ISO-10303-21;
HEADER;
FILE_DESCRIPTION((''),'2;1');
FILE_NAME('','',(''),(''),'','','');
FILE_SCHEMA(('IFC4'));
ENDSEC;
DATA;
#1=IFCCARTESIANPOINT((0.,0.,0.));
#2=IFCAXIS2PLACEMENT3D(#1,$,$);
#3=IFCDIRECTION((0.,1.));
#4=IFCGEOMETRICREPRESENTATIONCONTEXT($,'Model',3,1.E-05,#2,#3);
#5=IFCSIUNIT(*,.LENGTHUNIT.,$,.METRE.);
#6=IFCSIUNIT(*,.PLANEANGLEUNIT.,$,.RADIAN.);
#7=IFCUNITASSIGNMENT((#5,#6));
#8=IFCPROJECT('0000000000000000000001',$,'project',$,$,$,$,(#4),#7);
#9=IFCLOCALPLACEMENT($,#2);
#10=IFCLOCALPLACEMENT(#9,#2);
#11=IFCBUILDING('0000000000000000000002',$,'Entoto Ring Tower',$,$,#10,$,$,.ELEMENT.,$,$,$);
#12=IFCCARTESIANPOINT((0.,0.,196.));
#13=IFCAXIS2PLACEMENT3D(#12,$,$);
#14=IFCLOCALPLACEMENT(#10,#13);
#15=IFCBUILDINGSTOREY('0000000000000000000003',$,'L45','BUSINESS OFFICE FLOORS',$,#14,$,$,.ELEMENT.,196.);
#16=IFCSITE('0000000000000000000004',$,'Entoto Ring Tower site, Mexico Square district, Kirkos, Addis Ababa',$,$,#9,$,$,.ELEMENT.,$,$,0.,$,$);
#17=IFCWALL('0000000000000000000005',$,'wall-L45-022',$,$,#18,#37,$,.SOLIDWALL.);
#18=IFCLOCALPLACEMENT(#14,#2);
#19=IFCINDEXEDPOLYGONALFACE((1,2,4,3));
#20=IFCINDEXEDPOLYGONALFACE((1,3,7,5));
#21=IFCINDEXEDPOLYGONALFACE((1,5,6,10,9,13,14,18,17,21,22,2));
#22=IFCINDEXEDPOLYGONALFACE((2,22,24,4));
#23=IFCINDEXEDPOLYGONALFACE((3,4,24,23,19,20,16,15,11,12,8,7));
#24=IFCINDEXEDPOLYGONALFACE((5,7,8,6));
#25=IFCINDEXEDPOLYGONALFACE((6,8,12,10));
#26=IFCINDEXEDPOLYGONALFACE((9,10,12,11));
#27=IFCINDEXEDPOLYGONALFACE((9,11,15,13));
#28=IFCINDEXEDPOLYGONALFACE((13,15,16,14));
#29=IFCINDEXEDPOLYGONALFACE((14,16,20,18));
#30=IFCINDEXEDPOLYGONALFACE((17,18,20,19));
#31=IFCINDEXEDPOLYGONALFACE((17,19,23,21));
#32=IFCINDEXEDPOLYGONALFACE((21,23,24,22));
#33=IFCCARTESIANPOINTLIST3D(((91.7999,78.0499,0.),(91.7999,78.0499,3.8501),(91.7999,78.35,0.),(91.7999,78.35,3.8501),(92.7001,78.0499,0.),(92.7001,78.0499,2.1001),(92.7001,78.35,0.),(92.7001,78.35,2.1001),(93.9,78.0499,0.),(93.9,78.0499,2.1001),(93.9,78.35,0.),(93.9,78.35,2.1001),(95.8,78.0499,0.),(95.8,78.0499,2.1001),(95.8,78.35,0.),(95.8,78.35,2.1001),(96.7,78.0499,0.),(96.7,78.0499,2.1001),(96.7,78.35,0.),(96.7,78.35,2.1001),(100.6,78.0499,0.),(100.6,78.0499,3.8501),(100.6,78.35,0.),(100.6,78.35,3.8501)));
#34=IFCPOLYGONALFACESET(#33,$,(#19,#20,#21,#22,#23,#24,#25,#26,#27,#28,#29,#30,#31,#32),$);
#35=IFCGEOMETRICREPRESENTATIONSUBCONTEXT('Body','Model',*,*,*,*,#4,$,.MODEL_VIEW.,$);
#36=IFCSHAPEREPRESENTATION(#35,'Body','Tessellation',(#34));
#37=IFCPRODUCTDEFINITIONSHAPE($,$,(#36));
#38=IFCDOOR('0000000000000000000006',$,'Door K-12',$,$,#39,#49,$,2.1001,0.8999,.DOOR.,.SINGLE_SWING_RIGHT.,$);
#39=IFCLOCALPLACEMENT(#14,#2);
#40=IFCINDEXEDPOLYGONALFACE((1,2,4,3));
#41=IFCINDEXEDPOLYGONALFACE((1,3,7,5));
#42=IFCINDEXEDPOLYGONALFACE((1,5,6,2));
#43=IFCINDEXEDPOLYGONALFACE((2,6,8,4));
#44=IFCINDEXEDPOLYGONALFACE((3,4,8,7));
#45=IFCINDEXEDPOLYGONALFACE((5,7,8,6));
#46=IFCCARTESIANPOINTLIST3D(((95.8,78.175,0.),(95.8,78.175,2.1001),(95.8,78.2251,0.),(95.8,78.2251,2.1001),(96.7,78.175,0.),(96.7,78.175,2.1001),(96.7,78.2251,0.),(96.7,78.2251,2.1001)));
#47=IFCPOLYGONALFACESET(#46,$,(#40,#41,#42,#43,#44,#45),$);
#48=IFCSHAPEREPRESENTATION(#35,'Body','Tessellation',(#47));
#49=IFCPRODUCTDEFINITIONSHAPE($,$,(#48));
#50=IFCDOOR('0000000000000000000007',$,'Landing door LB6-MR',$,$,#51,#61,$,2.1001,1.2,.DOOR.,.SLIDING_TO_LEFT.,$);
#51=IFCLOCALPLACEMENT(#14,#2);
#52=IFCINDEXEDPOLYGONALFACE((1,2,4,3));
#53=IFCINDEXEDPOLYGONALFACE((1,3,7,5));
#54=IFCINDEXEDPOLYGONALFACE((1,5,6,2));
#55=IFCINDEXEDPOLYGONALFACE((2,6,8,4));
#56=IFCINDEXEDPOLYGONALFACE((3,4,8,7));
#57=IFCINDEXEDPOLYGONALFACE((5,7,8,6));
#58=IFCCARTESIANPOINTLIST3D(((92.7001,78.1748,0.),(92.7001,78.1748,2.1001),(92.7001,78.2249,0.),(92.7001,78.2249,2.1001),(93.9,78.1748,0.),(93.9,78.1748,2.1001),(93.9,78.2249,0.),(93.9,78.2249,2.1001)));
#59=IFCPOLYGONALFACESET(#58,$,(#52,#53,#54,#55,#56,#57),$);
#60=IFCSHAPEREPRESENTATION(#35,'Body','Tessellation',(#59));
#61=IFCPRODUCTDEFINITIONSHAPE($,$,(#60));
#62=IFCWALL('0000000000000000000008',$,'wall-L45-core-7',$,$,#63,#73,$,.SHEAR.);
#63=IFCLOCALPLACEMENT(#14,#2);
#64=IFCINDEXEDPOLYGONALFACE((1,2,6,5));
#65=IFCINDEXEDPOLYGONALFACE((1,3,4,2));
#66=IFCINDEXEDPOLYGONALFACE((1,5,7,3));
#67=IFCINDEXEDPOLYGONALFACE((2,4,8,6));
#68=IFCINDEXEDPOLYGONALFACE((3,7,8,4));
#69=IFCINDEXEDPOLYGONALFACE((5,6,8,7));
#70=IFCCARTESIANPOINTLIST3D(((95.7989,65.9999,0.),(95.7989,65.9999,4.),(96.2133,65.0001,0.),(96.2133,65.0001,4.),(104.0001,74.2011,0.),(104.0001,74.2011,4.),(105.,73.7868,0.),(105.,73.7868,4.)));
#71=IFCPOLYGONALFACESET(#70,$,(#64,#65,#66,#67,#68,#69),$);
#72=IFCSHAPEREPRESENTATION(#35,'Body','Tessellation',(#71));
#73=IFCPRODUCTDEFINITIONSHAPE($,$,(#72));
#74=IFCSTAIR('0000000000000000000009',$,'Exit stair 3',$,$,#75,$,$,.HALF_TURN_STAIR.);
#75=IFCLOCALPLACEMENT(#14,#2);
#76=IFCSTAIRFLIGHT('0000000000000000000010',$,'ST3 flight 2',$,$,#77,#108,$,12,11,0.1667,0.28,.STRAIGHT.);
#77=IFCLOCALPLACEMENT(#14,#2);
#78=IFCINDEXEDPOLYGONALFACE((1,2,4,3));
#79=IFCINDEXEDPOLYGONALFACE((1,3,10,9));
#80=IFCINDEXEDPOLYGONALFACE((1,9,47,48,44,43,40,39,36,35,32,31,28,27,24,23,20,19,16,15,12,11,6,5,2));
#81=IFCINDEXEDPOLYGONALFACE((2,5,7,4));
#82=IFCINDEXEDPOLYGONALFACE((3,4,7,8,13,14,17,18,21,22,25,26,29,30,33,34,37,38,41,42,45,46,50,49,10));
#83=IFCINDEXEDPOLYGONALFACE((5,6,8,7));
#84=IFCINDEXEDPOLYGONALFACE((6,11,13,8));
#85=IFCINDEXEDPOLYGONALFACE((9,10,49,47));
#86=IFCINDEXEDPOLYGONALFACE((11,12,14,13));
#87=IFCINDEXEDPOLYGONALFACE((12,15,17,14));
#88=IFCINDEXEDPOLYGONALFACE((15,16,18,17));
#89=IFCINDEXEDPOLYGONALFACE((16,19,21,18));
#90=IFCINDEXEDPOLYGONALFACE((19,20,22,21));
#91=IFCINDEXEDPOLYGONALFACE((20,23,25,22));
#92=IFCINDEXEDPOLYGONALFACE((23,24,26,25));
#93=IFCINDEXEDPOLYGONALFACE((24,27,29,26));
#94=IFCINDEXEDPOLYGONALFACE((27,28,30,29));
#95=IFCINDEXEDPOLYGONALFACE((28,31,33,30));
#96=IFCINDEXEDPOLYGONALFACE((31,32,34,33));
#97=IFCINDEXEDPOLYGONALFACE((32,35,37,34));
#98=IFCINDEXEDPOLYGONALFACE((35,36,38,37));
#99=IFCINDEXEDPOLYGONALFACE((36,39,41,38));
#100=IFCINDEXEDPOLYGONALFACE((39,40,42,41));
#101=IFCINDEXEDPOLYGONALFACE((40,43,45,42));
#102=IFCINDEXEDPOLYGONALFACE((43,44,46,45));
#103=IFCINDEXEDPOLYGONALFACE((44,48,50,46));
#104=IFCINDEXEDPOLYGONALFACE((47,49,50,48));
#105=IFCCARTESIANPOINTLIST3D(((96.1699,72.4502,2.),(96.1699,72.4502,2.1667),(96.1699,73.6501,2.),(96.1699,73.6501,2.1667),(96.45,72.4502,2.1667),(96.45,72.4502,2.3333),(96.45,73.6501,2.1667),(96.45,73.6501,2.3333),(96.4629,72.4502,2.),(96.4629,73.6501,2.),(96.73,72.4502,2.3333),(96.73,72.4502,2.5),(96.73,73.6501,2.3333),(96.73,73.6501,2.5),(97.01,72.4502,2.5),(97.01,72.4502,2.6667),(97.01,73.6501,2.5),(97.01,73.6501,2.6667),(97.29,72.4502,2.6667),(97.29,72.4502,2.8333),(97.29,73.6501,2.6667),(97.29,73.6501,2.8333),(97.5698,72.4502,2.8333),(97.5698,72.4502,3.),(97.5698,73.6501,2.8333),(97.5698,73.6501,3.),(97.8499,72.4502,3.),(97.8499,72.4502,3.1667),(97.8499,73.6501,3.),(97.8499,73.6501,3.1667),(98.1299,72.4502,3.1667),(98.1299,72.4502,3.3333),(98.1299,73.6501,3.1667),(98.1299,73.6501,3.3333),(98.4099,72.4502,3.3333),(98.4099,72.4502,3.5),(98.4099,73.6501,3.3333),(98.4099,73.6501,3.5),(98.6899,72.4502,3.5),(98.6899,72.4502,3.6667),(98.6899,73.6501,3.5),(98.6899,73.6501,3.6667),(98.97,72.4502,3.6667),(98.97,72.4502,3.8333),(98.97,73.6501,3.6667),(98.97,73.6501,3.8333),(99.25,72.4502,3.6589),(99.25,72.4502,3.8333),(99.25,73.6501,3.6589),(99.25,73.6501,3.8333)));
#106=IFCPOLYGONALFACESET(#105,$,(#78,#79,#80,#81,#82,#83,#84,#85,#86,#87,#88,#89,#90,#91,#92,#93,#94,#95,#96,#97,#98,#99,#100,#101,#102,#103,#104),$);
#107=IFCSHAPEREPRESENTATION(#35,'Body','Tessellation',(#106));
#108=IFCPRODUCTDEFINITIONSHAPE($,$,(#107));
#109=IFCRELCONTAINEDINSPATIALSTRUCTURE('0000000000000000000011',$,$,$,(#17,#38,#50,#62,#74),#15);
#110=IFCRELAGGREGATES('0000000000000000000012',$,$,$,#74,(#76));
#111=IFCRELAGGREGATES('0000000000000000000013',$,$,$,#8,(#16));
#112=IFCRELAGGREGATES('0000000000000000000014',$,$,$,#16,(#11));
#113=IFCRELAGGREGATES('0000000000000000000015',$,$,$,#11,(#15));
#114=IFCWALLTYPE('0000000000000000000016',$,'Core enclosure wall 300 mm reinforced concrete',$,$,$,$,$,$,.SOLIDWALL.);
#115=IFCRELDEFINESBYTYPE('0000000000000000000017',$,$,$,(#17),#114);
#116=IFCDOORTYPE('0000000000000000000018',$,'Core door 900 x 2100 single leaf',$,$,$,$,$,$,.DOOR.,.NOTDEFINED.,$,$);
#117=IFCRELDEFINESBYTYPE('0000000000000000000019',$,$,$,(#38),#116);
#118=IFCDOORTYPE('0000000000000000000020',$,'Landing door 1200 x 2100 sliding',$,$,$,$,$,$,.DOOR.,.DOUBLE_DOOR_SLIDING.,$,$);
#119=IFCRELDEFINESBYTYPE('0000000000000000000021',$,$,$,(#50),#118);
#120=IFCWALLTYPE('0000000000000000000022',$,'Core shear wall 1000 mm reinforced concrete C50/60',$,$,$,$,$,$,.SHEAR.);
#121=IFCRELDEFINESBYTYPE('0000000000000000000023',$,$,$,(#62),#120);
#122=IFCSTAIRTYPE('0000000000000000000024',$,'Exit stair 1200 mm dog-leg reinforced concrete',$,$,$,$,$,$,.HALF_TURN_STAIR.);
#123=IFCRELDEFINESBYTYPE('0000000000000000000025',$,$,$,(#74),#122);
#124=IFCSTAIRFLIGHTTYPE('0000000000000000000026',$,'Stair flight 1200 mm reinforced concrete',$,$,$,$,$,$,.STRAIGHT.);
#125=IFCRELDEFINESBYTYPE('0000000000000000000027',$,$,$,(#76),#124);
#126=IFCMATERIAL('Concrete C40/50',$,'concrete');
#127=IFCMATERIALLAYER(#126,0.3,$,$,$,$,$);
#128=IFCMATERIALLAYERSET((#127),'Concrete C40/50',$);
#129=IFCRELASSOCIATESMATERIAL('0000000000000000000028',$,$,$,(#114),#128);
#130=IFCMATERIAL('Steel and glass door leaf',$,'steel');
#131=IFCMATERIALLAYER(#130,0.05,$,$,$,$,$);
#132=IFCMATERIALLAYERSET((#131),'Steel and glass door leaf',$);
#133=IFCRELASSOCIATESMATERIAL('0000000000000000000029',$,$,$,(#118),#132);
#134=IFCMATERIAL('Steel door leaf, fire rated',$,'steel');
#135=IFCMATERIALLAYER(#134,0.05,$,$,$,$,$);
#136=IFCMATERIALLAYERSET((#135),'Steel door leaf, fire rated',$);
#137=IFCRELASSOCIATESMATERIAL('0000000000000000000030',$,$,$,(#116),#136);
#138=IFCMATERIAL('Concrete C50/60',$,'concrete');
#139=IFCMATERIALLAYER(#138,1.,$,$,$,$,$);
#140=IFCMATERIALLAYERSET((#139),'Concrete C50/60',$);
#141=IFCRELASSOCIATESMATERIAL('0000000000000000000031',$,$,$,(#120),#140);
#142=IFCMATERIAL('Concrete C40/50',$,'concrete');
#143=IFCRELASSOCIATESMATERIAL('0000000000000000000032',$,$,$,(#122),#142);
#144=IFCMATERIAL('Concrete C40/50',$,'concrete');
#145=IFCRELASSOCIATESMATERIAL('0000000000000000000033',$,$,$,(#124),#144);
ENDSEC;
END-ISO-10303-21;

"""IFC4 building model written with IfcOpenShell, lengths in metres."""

from ifc_helpers import new_model, si_unit, direction, frame, frame_2d, origin, place, context, subcontext, project, spatial, polyline, rectangle, outline, extrude, material, layer, layer_set, type_object, element, fill, aggregate, save


model = new_model("IFC4")

# Units and contexts
model_context = context("Model", 3, precision=1e-05, world=origin(), true_north=direction((0.0, 1.0)))
body_context = subcontext(model_context, "Body", "Model", "MODEL_VIEW")
ifc_project = project(units=[si_unit("LENGTHUNIT", "METRE"), si_unit("PLANEANGLEUNIT", "RADIAN")], contexts=[model_context])

# Site, building, storey
site_placement = place(None, origin())
site = spatial("IfcSite", under=ifc_project, at=site_placement, Name="Entoto Ring Tower site, Mexico Square district, Kirkos, Addis Ababa", CompositionType="ELEMENT", RefElevation=0.0)
building_placement = place(site_placement, origin())
building = spatial("IfcBuilding", under=site, at=building_placement, Name="Entoto Ring Tower", CompositionType="ELEMENT")
storey_placement = place(building_placement, frame((0.0, 0.0, 196.0)))
storey = spatial("IfcBuildingStorey", under=building, at=storey_placement, Name="L45", Description="BUSINESS OFFICE FLOORS", CompositionType="ELEMENT", Elevation=196.0)

# Shared definitions
ifc_material_1 = material(Name="Concrete C40/50", Category="concrete")
ifc_layer_1 = layer(ifc_material_1, 0.3)
ifc_layer_set_1 = layer_set([ifc_layer_1], Name="Concrete C40/50")
wall_type_1 = type_object("IfcWallType", Name="Core enclosure wall 300 mm reinforced concrete", PredefinedType="SOLIDWALL", material=ifc_layer_set_1)

# Shared definitions
ifc_material_2 = material(Name="Steel and glass door leaf", Category="steel")
ifc_layer_2 = layer(ifc_material_2, 0.05)
ifc_layer_set_2 = layer_set([ifc_layer_2], Name="Steel and glass door leaf")
door_type_1 = type_object("IfcDoorType", Name="Landing door 1200 x 2100 sliding", OperationType="DOUBLE_DOOR_SLIDING", PredefinedType="DOOR", material=ifc_layer_set_2)

# Wall, openings, doors
wall_1_placement = place(storey_placement, frame((91.8, 78.2, 0.0), z_axis=(0.0, 0.0, 1.0), x_axis=(1.0, 0.0, 0.0)))
wall_1 = element("IfcWall", 1, at=wall_1_placement, inside=storey, type_object=wall_type_1, Name="wall-L45-022", PredefinedType="SOLIDWALL", context=body_context, shape_type="SweptSolid", body=[
    extrude(rectangle(XDim=8.8, YDim=0.3, at=frame_2d((4.3999, 0.0))), origin(), (0.0, 0.0, 1.0), 3.8501),
])
opening_1_placement = place(wall_1_placement, frame((0.8999, 0.0, 0.0)))
opening_1 = element("IfcOpeningElement", 2, at=opening_1_placement, cuts=wall_1, PredefinedType="OPENING", context=body_context, shape_type="SweptSolid", body=[
    extrude(rectangle(XDim=1.2, YDim=2.1001, at=frame_2d((0.6001, 1.05))), frame((0.0, 0.1602, 0.0), z_axis=(0.0, -1.0, 0.0), x_axis=(1.0, 0.0, 0.0)), (0.0, 0.0, 1.0), 0.3201),
])
opening_2_placement = place(wall_1_placement, frame((4.0, 0.0, 0.0)))
opening_2 = element("IfcOpeningElement", 3, at=opening_2_placement, cuts=wall_1, PredefinedType="OPENING", context=body_context, shape_type="SweptSolid", body=[
    extrude(rectangle(XDim=0.8999, YDim=2.1001, at=frame_2d((0.45, 1.05))), frame((0.0, 0.1602, 0.0), z_axis=(0.0, -1.0, 0.0), x_axis=(1.0, 0.0, 0.0)), (0.0, 0.0, 1.0), 0.3201),
])
ifc_material_3 = material(Name="Steel door leaf, fire rated", Category="steel")
ifc_layer_3 = layer(ifc_material_3, 0.05)
ifc_layer_set_3 = layer_set([ifc_layer_3], Name="Steel door leaf, fire rated")
door_type_2 = type_object("IfcDoorType", Name="Core door 900 x 2100 single leaf", OperationType="NOTDEFINED", PredefinedType="DOOR", material=ifc_layer_set_3)
door_1_placement = place(opening_2_placement, frame((0.8999, 0.0, 0.0), z_axis=(0.0, 0.0, 1.0), x_axis=(-1.0, 0.0, 0.0)))
door_1 = element("IfcDoor", 4, at=door_1_placement, inside=storey, type_object=door_type_2, Name="Door K-12", OperationType="SINGLE_SWING_RIGHT", OverallHeight=2.1001, OverallWidth=0.8999, PredefinedType="DOOR", context=body_context, shape_type="SweptSolid", body=[
    extrude(rectangle(XDim=0.8999, YDim=2.1001, at=frame_2d((0.45, 1.05))), frame((0.0, 0.0249, 0.0), z_axis=(0.0, -1.0, 0.0), x_axis=(1.0, 0.0, 0.0)), (0.0, 0.0, 1.0), 0.05),
])
fill(opening_2, door_1)
door_2_placement = place(opening_1_placement, origin())
door_2 = element("IfcDoor", 5, at=door_2_placement, inside=storey, type_object=door_type_1, Name="Landing door LB6-MR", OperationType="SLIDING_TO_LEFT", OverallHeight=2.1001, OverallWidth=1.2, PredefinedType="DOOR", context=body_context, shape_type="SweptSolid", body=[
    extrude(rectangle(XDim=1.2, YDim=2.1001, at=frame_2d((0.6001, 1.05))), frame((0.0, 0.0249, 0.0), z_axis=(0.0, -1.0, 0.0), x_axis=(1.0, 0.0, 0.0)), (0.0, 0.0, 1.0), 0.05),
])
fill(opening_1, door_2)

# Wall
ifc_material_4 = material(Name="Concrete C50/60", Category="concrete")
ifc_layer_4 = layer(ifc_material_4, 1.0)
ifc_layer_set_4 = layer_set([ifc_layer_4], Name="Concrete C50/60")
wall_type_2 = type_object("IfcWallType", Name="Core shear wall 1000 mm reinforced concrete C50/60", PredefinedType="SHEAR", material=ifc_layer_set_4)
wall_2_placement = place(storey_placement, frame((96.0061, 65.5, 0.0), z_axis=(0.0, 0.0, 1.0), x_axis=(0.707107, 0.707107, 0.0)))
element("IfcWall", 6, at=wall_2_placement, inside=storey, type_object=wall_type_2, Name="wall-L45-core-7", PredefinedType="SHEAR", context=body_context, shape_type="SweptSolid", body=[
    extrude(outline(polyline([(-0.207, -0.5), (12.2192, -0.5), (11.8052, 0.5), (0.207, 0.5), (-0.207, -0.5)])), origin(), (0.0, 0.0, 1.0), 4.0),
])

# Stair, stair flight
ifc_material_5 = material(Name="Concrete C40/50", Category="concrete")
stair_type = type_object("IfcStairType", Name="Exit stair 1200 mm dog-leg reinforced concrete", PredefinedType="HALF_TURN_STAIR", material=ifc_material_5)
stair_placement = place(storey_placement, origin())
stair = element("IfcStair", 7, at=stair_placement, inside=storey, type_object=stair_type, Name="Exit stair 3", PredefinedType="HALF_TURN_STAIR")
ifc_material_6 = material(Name="Concrete C40/50", Category="concrete")
stair_flight_type = type_object("IfcStairFlightType", Name="Stair flight 1200 mm reinforced concrete", PredefinedType="STRAIGHT", material=ifc_material_6)
stair_flight_placement = place(storey_placement, frame((96.1699, 73.05, 2.0), z_axis=(0.0, 0.0, 1.0), x_axis=(1.0, 0.0, 0.0)))
stair_flight = element("IfcStairFlight", 8, at=stair_flight_placement, type_object=stair_flight_type, Name="ST3 flight 2", NumberOfRisers=12, NumberOfTreads=11, PredefinedType="STRAIGHT", RiserHeight=0.1667, TreadLength=0.28, context=body_context, shape_type="SweptSolid", body=[
    extrude(outline(polyline([(0.0, 0.0), (0.0, 0.1667), (0.28, 0.1667), (0.28, 0.3333), (0.5601, 0.3333), (0.5601, 0.5), (0.8401, 0.5), (0.8401, 0.6667), (1.1201, 0.6667), (1.1201, 0.8333), (1.3999, 0.8333), (1.3999, 1.0), (1.6799, 1.0), (1.6799, 1.1667), (1.96, 1.1667), (1.96, 1.3333), (2.24, 1.3333), (2.24, 1.5), (2.52, 1.5), (2.52, 1.6667), (2.8, 1.6667), (2.8, 1.8333), (3.0801, 1.8333), (3.0801, 2.0), (3.0801, 1.6589), (0.293, 0.0), (0.0, 0.0)])), frame((0.0, 0.6001, 0.0), z_axis=(0.0, -1.0, 0.0), x_axis=(1.0, 0.0, 0.0)), (0.0, 0.0, 1.0), 1.2),
])
aggregate(stair, [stair_flight])

save(model, "model.ifc")
